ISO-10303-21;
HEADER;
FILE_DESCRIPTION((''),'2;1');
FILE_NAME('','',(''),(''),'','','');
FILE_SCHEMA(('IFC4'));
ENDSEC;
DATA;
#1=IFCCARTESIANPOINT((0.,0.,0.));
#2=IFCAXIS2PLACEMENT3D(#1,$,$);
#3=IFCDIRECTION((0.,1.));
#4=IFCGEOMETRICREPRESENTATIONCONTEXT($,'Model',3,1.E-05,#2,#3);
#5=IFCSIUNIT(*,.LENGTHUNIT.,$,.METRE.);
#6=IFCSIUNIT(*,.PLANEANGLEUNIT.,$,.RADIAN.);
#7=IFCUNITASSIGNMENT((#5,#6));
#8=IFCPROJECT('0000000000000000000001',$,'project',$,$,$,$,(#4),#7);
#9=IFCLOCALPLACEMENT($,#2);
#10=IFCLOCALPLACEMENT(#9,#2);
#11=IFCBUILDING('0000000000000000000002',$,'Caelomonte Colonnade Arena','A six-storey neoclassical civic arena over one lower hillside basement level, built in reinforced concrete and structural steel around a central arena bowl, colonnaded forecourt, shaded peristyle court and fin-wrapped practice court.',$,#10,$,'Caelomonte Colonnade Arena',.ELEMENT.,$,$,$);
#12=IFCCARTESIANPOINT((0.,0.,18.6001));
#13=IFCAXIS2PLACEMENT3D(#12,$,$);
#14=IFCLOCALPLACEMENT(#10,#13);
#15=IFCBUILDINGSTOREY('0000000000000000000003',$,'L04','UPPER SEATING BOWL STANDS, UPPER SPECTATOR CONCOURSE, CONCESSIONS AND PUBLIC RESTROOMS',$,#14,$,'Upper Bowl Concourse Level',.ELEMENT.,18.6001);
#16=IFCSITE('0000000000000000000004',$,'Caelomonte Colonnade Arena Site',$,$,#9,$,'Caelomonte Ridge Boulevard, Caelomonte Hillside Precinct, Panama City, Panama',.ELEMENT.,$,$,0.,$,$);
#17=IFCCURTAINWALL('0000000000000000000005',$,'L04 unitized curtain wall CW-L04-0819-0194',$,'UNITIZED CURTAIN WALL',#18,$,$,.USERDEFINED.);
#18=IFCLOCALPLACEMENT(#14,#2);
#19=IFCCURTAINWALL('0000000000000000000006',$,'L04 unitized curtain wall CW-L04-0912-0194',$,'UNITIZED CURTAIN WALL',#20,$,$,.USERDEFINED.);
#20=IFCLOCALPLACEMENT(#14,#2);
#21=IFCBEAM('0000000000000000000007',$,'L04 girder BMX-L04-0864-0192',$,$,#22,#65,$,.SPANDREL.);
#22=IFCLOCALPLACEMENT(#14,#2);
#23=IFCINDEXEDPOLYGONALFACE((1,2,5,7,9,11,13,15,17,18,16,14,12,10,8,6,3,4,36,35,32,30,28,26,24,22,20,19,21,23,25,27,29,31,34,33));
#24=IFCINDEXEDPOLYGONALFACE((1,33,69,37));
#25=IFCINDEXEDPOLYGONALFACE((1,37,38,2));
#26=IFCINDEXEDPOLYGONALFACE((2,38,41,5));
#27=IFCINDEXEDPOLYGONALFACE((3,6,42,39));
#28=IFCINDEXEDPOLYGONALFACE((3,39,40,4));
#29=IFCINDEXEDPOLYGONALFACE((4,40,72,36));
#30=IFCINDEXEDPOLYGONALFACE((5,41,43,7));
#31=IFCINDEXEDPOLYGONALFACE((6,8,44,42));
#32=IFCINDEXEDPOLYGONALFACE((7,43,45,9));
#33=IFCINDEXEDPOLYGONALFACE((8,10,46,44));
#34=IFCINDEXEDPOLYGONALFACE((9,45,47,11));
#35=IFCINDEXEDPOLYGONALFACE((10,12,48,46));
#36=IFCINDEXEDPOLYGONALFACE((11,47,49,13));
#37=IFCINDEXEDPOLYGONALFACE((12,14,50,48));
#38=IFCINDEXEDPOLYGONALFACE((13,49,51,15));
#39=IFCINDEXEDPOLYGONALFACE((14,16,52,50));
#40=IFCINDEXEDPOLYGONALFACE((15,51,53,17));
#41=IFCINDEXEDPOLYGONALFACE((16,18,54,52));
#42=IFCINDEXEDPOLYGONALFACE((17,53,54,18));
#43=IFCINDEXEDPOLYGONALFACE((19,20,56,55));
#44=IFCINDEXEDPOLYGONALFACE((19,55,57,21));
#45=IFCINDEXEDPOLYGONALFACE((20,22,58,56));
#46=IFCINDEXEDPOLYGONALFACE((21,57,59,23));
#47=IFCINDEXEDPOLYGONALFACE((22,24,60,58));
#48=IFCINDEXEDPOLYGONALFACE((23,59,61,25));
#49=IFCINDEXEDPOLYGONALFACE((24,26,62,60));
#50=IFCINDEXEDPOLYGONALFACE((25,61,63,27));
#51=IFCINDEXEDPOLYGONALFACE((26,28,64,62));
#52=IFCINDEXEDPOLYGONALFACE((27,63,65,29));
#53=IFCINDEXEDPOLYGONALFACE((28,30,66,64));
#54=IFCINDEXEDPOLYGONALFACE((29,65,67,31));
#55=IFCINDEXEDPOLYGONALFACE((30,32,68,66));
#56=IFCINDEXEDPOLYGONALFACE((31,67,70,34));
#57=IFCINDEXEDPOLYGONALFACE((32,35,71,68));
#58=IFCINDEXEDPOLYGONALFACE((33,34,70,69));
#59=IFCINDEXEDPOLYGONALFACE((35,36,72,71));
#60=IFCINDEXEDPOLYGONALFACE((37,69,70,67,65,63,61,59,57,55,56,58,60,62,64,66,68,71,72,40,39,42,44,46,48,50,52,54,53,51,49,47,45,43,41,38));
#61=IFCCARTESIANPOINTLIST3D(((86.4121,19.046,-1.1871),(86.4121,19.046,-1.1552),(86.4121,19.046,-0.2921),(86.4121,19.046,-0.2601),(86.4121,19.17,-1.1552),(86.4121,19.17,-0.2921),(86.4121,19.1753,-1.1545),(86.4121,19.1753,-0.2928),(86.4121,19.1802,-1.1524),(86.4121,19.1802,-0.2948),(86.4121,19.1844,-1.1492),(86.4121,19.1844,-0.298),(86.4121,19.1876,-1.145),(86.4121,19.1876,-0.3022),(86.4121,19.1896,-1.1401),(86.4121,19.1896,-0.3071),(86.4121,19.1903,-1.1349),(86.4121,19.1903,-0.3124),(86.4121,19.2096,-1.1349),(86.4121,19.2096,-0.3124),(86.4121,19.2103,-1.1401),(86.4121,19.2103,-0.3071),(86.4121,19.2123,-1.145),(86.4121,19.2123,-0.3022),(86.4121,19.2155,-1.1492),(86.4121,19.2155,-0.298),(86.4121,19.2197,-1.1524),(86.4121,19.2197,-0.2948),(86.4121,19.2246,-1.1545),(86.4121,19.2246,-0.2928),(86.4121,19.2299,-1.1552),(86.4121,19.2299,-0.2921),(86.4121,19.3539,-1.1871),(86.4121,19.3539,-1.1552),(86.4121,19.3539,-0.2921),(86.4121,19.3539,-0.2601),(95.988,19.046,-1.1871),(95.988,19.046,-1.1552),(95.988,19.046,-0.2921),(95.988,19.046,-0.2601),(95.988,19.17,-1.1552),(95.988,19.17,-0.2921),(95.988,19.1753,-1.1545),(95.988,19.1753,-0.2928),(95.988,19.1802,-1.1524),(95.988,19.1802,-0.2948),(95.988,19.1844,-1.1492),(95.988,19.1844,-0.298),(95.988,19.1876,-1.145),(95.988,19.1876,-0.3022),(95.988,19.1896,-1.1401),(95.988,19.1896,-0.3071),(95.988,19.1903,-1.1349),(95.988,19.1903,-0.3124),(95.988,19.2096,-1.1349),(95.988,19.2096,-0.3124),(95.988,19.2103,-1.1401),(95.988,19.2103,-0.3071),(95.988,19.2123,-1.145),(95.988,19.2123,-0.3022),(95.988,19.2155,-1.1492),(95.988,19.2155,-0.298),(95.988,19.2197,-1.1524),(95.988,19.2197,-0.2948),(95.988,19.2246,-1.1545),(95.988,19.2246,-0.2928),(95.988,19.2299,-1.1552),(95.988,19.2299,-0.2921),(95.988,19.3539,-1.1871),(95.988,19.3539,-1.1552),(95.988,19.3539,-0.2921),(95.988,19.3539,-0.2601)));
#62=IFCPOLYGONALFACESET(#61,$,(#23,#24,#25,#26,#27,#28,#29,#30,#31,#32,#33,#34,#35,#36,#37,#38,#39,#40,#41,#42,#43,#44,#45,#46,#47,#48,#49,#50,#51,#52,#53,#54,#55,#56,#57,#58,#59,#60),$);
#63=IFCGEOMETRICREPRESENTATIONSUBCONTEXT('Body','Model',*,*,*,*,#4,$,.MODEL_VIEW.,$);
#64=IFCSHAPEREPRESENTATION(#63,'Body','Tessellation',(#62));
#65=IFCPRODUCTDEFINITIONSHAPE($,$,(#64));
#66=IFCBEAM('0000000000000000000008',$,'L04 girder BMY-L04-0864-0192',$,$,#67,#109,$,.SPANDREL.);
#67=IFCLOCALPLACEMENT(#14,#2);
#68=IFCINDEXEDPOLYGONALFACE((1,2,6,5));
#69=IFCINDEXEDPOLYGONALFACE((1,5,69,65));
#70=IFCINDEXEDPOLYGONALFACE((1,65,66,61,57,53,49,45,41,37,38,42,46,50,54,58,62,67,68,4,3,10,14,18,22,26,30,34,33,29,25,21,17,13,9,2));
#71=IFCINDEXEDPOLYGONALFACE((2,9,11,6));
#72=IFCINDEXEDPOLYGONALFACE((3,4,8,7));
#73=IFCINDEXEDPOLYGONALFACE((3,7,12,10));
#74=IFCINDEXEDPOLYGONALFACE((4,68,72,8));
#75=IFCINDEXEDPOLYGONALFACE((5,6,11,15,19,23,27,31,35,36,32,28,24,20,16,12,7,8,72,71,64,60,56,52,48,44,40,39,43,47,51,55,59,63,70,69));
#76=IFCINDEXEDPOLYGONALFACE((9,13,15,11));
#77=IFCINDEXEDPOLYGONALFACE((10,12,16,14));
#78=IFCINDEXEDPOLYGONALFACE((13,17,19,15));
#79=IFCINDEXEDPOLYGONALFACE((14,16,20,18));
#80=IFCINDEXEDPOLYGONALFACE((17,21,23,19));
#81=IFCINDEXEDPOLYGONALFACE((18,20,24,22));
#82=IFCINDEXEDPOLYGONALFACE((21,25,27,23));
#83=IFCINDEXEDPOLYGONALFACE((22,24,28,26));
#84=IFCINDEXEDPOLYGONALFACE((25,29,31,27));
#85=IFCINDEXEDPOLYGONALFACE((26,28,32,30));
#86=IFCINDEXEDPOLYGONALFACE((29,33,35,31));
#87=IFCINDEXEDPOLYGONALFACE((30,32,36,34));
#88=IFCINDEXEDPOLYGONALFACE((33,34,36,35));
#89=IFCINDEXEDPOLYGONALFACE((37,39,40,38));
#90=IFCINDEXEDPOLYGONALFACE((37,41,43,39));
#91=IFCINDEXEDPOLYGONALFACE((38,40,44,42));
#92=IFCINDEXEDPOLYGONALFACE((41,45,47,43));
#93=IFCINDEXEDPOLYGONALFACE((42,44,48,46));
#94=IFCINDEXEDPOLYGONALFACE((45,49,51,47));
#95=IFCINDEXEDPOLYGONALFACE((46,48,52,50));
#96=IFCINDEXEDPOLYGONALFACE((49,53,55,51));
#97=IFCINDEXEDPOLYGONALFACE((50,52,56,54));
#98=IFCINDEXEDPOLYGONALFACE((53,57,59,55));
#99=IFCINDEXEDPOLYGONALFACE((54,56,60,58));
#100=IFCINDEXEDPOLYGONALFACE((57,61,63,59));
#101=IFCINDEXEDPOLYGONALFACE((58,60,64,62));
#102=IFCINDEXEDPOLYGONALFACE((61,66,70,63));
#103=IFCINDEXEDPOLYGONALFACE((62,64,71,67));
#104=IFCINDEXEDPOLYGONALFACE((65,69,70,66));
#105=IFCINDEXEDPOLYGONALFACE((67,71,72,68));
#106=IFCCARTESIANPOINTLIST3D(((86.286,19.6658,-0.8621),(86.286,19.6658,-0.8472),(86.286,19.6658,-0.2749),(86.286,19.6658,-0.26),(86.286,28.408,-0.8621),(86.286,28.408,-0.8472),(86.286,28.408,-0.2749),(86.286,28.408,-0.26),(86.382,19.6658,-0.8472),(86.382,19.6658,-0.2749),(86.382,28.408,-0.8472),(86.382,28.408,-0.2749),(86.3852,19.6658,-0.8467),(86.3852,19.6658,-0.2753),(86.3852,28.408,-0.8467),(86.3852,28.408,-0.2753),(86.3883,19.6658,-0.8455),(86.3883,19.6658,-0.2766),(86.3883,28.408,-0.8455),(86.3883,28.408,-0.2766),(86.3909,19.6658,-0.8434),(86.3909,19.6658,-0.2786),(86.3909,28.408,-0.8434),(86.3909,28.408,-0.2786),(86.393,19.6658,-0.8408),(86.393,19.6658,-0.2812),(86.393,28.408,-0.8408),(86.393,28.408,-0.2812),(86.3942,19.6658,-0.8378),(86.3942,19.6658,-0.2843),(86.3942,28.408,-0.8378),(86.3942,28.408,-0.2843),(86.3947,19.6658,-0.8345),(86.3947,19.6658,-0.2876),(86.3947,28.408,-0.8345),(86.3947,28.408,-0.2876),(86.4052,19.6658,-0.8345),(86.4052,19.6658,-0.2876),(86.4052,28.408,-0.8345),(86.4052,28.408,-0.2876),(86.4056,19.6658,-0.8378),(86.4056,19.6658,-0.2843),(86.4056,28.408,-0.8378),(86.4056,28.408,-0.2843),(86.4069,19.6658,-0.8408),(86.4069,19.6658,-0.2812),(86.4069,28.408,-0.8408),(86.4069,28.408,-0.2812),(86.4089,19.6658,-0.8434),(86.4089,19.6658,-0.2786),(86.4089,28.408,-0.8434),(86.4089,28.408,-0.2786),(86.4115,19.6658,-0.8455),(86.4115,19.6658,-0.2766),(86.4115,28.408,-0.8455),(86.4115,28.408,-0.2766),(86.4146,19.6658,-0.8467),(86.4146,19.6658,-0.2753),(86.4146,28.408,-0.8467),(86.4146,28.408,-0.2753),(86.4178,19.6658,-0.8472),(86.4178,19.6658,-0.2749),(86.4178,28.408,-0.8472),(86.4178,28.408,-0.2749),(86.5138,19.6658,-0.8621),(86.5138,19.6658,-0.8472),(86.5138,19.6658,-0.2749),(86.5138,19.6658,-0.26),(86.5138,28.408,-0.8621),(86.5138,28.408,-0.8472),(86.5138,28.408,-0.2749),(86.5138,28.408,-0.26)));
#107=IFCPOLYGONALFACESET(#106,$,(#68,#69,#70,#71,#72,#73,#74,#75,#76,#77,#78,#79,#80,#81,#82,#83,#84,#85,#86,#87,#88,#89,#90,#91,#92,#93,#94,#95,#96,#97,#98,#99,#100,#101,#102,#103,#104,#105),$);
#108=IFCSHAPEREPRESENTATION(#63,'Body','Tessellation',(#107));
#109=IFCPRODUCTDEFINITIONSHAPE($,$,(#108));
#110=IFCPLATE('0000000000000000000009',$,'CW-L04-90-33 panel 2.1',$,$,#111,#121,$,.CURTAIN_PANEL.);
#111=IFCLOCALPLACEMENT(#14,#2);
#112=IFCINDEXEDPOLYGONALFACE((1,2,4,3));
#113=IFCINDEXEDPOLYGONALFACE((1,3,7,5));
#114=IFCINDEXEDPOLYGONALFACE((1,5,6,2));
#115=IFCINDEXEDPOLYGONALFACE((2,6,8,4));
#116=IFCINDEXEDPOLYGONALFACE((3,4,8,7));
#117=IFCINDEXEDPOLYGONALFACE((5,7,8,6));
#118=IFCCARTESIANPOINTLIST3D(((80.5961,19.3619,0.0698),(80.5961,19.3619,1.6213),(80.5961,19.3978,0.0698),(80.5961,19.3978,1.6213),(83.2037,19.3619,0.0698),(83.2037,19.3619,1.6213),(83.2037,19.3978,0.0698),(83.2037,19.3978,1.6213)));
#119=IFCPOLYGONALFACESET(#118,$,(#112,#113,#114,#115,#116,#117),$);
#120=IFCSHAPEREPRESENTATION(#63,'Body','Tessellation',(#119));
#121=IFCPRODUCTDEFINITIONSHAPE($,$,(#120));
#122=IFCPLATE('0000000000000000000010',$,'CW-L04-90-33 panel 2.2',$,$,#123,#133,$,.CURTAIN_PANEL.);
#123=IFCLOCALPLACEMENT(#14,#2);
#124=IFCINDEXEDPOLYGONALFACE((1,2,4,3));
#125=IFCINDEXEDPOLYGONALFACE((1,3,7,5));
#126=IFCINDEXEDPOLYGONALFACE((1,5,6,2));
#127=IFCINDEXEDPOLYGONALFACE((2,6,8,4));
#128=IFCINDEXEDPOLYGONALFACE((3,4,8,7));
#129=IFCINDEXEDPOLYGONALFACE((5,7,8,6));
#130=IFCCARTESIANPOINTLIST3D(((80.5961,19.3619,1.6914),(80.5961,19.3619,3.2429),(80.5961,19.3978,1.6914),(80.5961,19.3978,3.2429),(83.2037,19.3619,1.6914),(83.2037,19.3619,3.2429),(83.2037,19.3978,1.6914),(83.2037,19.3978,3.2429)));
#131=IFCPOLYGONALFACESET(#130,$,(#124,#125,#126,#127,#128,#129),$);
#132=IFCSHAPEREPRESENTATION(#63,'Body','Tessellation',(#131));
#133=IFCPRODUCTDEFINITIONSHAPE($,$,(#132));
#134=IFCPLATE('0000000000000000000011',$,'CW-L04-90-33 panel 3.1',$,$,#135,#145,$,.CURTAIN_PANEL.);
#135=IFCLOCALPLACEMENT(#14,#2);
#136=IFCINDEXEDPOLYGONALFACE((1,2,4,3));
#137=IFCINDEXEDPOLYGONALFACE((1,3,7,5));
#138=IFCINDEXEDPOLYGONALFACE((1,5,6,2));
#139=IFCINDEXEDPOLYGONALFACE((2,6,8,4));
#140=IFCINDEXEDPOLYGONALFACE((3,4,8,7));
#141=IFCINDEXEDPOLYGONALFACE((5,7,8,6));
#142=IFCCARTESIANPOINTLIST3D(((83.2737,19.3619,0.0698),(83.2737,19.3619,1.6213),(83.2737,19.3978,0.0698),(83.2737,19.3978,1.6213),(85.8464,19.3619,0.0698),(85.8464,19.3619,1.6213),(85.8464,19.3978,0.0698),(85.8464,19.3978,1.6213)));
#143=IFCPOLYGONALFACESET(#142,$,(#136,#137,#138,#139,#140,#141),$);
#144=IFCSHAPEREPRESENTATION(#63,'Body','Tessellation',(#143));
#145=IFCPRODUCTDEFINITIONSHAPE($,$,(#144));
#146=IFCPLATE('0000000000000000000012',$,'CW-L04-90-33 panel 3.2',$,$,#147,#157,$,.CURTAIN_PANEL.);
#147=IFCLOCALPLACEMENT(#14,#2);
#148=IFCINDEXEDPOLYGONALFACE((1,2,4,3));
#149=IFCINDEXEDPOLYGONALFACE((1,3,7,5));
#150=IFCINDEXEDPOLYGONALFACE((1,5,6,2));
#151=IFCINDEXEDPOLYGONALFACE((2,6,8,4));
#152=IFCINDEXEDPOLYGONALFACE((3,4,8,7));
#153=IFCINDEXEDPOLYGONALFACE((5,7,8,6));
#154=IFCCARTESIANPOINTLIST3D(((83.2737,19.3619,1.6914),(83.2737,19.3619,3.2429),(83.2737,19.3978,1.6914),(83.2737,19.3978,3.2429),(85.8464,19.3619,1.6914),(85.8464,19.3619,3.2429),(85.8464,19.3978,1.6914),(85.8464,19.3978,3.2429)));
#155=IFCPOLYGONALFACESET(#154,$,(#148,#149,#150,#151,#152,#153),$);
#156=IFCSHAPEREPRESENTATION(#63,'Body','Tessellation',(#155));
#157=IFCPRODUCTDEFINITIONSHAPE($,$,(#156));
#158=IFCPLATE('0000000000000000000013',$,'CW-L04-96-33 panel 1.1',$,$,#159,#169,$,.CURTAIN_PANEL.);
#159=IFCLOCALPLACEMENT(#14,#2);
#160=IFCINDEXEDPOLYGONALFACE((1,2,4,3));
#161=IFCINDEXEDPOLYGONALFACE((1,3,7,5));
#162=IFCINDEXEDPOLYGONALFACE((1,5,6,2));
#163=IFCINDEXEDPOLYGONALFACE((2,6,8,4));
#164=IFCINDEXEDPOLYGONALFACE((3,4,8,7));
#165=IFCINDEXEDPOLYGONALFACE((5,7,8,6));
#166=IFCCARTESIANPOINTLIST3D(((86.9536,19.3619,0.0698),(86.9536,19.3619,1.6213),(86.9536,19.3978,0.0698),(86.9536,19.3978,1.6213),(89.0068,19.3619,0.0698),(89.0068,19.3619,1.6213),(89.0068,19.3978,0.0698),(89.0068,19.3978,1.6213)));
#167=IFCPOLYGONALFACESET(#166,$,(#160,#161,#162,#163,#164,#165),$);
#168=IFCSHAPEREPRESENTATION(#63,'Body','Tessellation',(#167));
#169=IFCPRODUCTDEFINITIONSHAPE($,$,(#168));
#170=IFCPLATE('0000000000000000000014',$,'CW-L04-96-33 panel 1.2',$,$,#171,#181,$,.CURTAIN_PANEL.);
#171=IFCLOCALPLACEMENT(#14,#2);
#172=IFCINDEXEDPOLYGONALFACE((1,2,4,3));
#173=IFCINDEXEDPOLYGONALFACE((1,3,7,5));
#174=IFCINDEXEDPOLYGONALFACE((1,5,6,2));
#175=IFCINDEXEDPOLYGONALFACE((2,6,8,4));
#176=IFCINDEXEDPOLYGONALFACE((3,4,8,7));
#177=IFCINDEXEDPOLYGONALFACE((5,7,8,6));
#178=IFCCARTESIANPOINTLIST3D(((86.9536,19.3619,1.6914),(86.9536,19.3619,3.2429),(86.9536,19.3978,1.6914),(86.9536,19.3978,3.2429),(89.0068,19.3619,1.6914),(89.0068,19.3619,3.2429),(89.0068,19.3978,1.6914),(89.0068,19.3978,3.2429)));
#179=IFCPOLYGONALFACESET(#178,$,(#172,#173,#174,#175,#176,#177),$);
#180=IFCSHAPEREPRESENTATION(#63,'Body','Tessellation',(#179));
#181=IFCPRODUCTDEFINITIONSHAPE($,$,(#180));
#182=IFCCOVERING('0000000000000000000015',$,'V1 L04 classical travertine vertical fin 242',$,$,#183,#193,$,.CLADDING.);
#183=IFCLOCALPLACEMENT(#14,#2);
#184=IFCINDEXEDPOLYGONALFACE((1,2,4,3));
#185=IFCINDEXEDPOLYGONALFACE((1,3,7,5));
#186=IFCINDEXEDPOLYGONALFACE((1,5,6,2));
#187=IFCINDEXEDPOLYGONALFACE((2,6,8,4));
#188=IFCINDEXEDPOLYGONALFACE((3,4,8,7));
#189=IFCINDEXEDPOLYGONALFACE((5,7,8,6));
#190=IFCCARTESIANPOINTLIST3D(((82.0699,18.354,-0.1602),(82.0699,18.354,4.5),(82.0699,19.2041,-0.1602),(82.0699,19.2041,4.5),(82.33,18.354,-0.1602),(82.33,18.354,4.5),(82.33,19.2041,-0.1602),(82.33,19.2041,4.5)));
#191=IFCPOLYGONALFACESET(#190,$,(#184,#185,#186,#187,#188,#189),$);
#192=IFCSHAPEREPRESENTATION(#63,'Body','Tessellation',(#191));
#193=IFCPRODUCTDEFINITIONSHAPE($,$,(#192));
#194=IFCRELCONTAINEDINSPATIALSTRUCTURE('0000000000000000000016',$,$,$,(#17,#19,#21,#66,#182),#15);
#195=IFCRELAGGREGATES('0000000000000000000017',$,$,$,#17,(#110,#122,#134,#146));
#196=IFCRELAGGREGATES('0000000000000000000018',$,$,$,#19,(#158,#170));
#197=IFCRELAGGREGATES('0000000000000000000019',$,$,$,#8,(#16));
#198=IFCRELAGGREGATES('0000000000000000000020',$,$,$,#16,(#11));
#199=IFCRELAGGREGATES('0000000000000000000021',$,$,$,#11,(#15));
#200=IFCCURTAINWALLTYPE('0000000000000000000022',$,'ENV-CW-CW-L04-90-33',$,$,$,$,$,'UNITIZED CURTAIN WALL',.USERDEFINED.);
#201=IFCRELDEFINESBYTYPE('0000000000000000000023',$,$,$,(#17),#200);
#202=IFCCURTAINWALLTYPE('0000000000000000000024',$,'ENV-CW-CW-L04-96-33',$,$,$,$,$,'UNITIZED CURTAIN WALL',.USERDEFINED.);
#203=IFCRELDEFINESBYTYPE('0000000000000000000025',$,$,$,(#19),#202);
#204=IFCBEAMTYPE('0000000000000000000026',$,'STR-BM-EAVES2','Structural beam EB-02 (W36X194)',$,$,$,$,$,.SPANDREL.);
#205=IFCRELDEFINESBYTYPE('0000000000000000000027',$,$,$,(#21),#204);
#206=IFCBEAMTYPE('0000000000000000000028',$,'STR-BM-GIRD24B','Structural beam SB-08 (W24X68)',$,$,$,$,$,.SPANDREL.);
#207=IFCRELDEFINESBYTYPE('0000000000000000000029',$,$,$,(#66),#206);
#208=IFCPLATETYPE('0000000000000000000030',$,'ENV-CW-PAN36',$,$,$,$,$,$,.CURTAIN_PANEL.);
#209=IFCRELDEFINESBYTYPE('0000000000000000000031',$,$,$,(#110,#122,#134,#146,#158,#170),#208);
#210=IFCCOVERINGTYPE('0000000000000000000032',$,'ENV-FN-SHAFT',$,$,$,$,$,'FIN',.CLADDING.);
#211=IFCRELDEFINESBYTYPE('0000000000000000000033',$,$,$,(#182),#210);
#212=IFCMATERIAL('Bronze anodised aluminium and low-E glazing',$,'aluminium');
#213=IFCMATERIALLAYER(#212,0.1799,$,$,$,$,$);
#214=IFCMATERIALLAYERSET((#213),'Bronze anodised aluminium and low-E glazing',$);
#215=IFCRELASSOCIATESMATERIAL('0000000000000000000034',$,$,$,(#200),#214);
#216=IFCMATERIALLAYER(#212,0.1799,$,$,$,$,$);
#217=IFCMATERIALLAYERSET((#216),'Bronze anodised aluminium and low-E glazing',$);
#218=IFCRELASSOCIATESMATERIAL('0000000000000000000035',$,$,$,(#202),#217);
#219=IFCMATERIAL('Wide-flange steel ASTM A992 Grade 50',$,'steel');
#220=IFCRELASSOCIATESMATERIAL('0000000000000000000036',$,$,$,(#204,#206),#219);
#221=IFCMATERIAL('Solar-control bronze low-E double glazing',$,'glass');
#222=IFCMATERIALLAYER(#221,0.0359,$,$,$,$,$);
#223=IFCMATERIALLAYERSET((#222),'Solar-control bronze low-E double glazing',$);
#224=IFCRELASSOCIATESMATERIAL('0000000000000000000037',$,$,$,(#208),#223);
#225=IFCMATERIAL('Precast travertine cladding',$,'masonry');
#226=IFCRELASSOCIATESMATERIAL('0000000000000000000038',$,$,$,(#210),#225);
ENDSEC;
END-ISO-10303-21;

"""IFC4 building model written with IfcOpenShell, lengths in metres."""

from ifc_helpers import new_model, si_unit, direction, frame, origin, origin_2d, place, context, subcontext, project, spatial, rectangle, i_section, extrude, material, layer, layer_set, material_profile, profile_set, type_object, element, aggregate, save


model = new_model("IFC4")

# Units and contexts
model_context = context("Model", 3, precision=1e-05, world=origin(), true_north=direction((0.0, 1.0)))
body_context = subcontext(model_context, "Body", "Model", "MODEL_VIEW")
ifc_project = project(units=[si_unit("LENGTHUNIT", "METRE"), si_unit("PLANEANGLEUNIT", "RADIAN")], contexts=[model_context])

# Site, building, storey
site_placement = place(None, origin())
site = spatial("IfcSite", under=ifc_project, at=site_placement, Name="Caelomonte Colonnade Arena Site", LongName="Caelomonte Ridge Boulevard, Caelomonte Hillside Precinct, Panama City, Panama", CompositionType="ELEMENT", RefElevation=0.0)
building_placement = place(site_placement, origin())
building = spatial("IfcBuilding", under=site, at=building_placement, Name="Caelomonte Colonnade Arena", Description="A six-storey neoclassical civic arena over one lower hillside basement level, built in reinforced concrete and structural steel around a central arena bowl, colonnaded forecourt, shaded peristyle court and fin-wrapped practice court.", LongName="Caelomonte Colonnade Arena", CompositionType="ELEMENT")
storey_placement = place(building_placement, frame((0.0, 0.0, 18.6001)))
storey = spatial("IfcBuildingStorey", under=building, at=storey_placement, Name="L04", Description="UPPER SEATING BOWL STANDS, UPPER SPECTATOR CONCOURSE, CONCESSIONS AND PUBLIC RESTROOMS", LongName="Upper Bowl Concourse Level", CompositionType="ELEMENT", Elevation=18.6001)

# Shared definitions
ifc_material_1 = material(Name="Wide-flange steel ASTM A992 Grade 50", Category="steel")

# Curtain walls
ifc_material_2 = material(Name="Bronze anodised aluminium and low-E glazing", Category="aluminium")
ifc_layer_1 = layer(ifc_material_2, 0.1799)
ifc_layer_set_1 = layer_set([ifc_layer_1], Name="Bronze anodised aluminium and low-E glazing")
curtain_wall_type_1 = type_object("IfcCurtainWallType", Name="ENV-CW-CW-L04-90-33", ElementType="UNITIZED CURTAIN WALL", PredefinedType="USERDEFINED", material=ifc_layer_set_1)
curtain_wall_1_placement = place(storey_placement, origin())
curtain_wall_1 = element("IfcCurtainWall", 1, at=curtain_wall_1_placement, inside=storey, type_object=curtain_wall_type_1, Name="L04 unitized curtain wall CW-L04-0819-0194", ObjectType="UNITIZED CURTAIN WALL", PredefinedType="USERDEFINED")
ifc_layer_2 = layer(ifc_material_2, 0.1799)
ifc_layer_set_2 = layer_set([ifc_layer_2], Name="Bronze anodised aluminium and low-E glazing")
curtain_wall_type_2 = type_object("IfcCurtainWallType", Name="ENV-CW-CW-L04-96-33", ElementType="UNITIZED CURTAIN WALL", PredefinedType="USERDEFINED", material=ifc_layer_set_2)
curtain_wall_2_placement = place(storey_placement, origin())
curtain_wall_2 = element("IfcCurtainWall", 2, at=curtain_wall_2_placement, inside=storey, type_object=curtain_wall_type_2, Name="L04 unitized curtain wall CW-L04-0912-0194", ObjectType="UNITIZED CURTAIN WALL", PredefinedType="USERDEFINED")

# Beams
ifc_material_profile_1 = material_profile(ifc_material_1, i_section(OverallWidth=0.3079, OverallDepth=0.927, WebThickness=0.0193, FlangeThickness=0.032, FilletRadius=0.0203, at=origin_2d()), Name="W36X194")
ifc_profile_set_1 = profile_set([ifc_material_profile_1], Name="Wide-flange steel ASTM A992 Grade 50")
beam_type_1 = type_object("IfcBeamType", Name="STR-BM-EAVES2", Description="Structural beam EB-02 (W36X194)", PredefinedType="SPANDREL", material=ifc_profile_set_1)
beam_1_placement = place(storey_placement, frame((86.4121, 19.2, -0.7236), z_axis=(1.0, 0.0, 0.0), x_axis=(0.0, 1.0, 0.0)))
element("IfcBeam", 3, at=beam_1_placement, inside=storey, type_object=beam_type_1, Name="L04 girder BMX-L04-0864-0192", PredefinedType="SPANDREL", context=body_context, shape_type="SweptSolid", body=[
    extrude(i_section(OverallWidth=0.3079, OverallDepth=0.927, WebThickness=0.0193, FlangeThickness=0.032, FilletRadius=0.0203, at=origin_2d()), origin(), (0.0, 0.0, 1.0), 9.5759),
])
ifc_material_profile_2 = material_profile(ifc_material_1, i_section(OverallWidth=0.2278, OverallDepth=0.6021, WebThickness=0.0105, FlangeThickness=0.0149, FilletRadius=0.0127, at=origin_2d()), Name="W24X68")
ifc_profile_set_2 = profile_set([ifc_material_profile_2], Name="Wide-flange steel ASTM A992 Grade 50")
beam_type_2 = type_object("IfcBeamType", Name="STR-BM-GIRD24B", Description="Structural beam SB-08 (W24X68)", PredefinedType="SPANDREL", material=ifc_profile_set_2)
beam_2_placement = place(storey_placement, frame((86.3999, 19.6658, -0.561), z_axis=(0.0, 1.0, 0.0), x_axis=(-1.0, 0.0, 0.0)))
element("IfcBeam", 4, at=beam_2_placement, inside=storey, type_object=beam_type_2, Name="L04 girder BMY-L04-0864-0192", PredefinedType="SPANDREL", context=body_context, shape_type="SweptSolid", body=[
    extrude(i_section(OverallWidth=0.2278, OverallDepth=0.6021, WebThickness=0.0105, FlangeThickness=0.0149, FilletRadius=0.0127, at=origin_2d()), origin(), (0.0, 0.0, 1.0), 8.7422),
])

# Plates
ifc_material_3 = material(Name="Solar-control bronze low-E double glazing", Category="glass")
ifc_layer_3 = layer(ifc_material_3, 0.0359)
ifc_layer_set_3 = layer_set([ifc_layer_3], Name="Solar-control bronze low-E double glazing")
plate_type = type_object("IfcPlateType", Name="ENV-CW-PAN36", PredefinedType="CURTAIN_PANEL", material=ifc_layer_set_3)
plate_1_placement = place(storey_placement, frame((81.8999, 19.3799, 0.0698), z_axis=(0.0, 0.0, 1.0), x_axis=(1.0, 0.0, 0.0)))
plate_1 = element("IfcPlate", 5, at=plate_1_placement, type_object=plate_type, Name="CW-L04-90-33 panel 2.1", PredefinedType="CURTAIN_PANEL", context=body_context, shape_type="SweptSolid", body=[
    extrude(rectangle(XDim=2.6077, YDim=0.0359, at=origin_2d()), origin(), (0.0, 0.0, 1.0), 1.5515),
])
plate_2_placement = place(storey_placement, frame((81.8999, 19.3799, 1.6914), z_axis=(0.0, 0.0, 1.0), x_axis=(1.0, 0.0, 0.0)))
plate_2 = element("IfcPlate", 6, at=plate_2_placement, type_object=plate_type, Name="CW-L04-90-33 panel 2.2", PredefinedType="CURTAIN_PANEL", context=body_context, shape_type="SweptSolid", body=[
    extrude(rectangle(XDim=2.6077, YDim=0.0359, at=origin_2d()), origin(), (0.0, 0.0, 1.0), 1.5515),
])
plate_3_placement = place(storey_placement, frame((84.5601, 19.3799, 0.0698), z_axis=(0.0, 0.0, 1.0), x_axis=(1.0, 0.0, 0.0)))
plate_3 = element("IfcPlate", 7, at=plate_3_placement, type_object=plate_type, Name="CW-L04-90-33 panel 3.1", PredefinedType="CURTAIN_PANEL", context=body_context, shape_type="SweptSolid", body=[
    extrude(rectangle(XDim=2.5728, YDim=0.0359, at=origin_2d()), origin(), (0.0, 0.0, 1.0), 1.5515),
])
plate_4_placement = place(storey_placement, frame((84.5601, 19.3799, 1.6914), z_axis=(0.0, 0.0, 1.0), x_axis=(1.0, 0.0, 0.0)))
plate_4 = element("IfcPlate", 8, at=plate_4_placement, type_object=plate_type, Name="CW-L04-90-33 panel 3.2", PredefinedType="CURTAIN_PANEL", context=body_context, shape_type="SweptSolid", body=[
    extrude(rectangle(XDim=2.5728, YDim=0.0359, at=origin_2d()), origin(), (0.0, 0.0, 1.0), 1.5515),
])
aggregate(curtain_wall_1, [plate_1, plate_2, plate_3, plate_4])
plate_5_placement = place(storey_placement, frame((87.9802, 19.3799, 0.0698), z_axis=(0.0, 0.0, 1.0), x_axis=(1.0, 0.0, 0.0)))
plate_5 = element("IfcPlate", 9, at=plate_5_placement, type_object=plate_type, Name="CW-L04-96-33 panel 1.1", PredefinedType="CURTAIN_PANEL", context=body_context, shape_type="SweptSolid", body=[
    extrude(rectangle(XDim=2.0532, YDim=0.0359, at=origin_2d()), origin(), (0.0, 0.0, 1.0), 1.5515),
])
plate_6_placement = place(storey_placement, frame((87.9802, 19.3799, 1.6914), z_axis=(0.0, 0.0, 1.0), x_axis=(1.0, 0.0, 0.0)))
plate_6 = element("IfcPlate", 10, at=plate_6_placement, type_object=plate_type, Name="CW-L04-96-33 panel 1.2", PredefinedType="CURTAIN_PANEL", context=body_context, shape_type="SweptSolid", body=[
    extrude(rectangle(XDim=2.0532, YDim=0.0359, at=origin_2d()), origin(), (0.0, 0.0, 1.0), 1.5515),
])
aggregate(curtain_wall_2, [plate_5, plate_6])

# Covering
ifc_material_4 = material(Name="Precast travertine cladding", Category="masonry")
ifc_material_profile_3 = material_profile(ifc_material_4, rectangle(XDim=0.26, YDim=0.8501, at=origin_2d()), Name="FIN260X850")
ifc_profile_set_3 = profile_set([ifc_material_profile_3], Name="Precast travertine cladding")
covering_type = type_object("IfcCoveringType", Name="ENV-FN-SHAFT", ElementType="FIN", PredefinedType="CLADDING", material=ifc_profile_set_3)
for number, where, z_axis, x_axis, name in (
    (11, (82.2, 18.7791, -0.1602), (0.0, 0.0, 1.0), (-1.0, 0.0, 0.0), "V1 L04 classical travertine vertical fin 242"),
):
    element("IfcCovering", number, at=place(storey_placement, frame(where, z_axis=z_axis, x_axis=x_axis)), inside=storey, type_object=covering_type, Name=name, PredefinedType="CLADDING", context=body_context, shape_type="SweptSolid", body=[
        extrude(rectangle(XDim=0.26, YDim=0.8501, at=origin_2d()), origin(), (0.0, 0.0, 1.0), 4.6602),
    ])

save(model, "model.ifc")
